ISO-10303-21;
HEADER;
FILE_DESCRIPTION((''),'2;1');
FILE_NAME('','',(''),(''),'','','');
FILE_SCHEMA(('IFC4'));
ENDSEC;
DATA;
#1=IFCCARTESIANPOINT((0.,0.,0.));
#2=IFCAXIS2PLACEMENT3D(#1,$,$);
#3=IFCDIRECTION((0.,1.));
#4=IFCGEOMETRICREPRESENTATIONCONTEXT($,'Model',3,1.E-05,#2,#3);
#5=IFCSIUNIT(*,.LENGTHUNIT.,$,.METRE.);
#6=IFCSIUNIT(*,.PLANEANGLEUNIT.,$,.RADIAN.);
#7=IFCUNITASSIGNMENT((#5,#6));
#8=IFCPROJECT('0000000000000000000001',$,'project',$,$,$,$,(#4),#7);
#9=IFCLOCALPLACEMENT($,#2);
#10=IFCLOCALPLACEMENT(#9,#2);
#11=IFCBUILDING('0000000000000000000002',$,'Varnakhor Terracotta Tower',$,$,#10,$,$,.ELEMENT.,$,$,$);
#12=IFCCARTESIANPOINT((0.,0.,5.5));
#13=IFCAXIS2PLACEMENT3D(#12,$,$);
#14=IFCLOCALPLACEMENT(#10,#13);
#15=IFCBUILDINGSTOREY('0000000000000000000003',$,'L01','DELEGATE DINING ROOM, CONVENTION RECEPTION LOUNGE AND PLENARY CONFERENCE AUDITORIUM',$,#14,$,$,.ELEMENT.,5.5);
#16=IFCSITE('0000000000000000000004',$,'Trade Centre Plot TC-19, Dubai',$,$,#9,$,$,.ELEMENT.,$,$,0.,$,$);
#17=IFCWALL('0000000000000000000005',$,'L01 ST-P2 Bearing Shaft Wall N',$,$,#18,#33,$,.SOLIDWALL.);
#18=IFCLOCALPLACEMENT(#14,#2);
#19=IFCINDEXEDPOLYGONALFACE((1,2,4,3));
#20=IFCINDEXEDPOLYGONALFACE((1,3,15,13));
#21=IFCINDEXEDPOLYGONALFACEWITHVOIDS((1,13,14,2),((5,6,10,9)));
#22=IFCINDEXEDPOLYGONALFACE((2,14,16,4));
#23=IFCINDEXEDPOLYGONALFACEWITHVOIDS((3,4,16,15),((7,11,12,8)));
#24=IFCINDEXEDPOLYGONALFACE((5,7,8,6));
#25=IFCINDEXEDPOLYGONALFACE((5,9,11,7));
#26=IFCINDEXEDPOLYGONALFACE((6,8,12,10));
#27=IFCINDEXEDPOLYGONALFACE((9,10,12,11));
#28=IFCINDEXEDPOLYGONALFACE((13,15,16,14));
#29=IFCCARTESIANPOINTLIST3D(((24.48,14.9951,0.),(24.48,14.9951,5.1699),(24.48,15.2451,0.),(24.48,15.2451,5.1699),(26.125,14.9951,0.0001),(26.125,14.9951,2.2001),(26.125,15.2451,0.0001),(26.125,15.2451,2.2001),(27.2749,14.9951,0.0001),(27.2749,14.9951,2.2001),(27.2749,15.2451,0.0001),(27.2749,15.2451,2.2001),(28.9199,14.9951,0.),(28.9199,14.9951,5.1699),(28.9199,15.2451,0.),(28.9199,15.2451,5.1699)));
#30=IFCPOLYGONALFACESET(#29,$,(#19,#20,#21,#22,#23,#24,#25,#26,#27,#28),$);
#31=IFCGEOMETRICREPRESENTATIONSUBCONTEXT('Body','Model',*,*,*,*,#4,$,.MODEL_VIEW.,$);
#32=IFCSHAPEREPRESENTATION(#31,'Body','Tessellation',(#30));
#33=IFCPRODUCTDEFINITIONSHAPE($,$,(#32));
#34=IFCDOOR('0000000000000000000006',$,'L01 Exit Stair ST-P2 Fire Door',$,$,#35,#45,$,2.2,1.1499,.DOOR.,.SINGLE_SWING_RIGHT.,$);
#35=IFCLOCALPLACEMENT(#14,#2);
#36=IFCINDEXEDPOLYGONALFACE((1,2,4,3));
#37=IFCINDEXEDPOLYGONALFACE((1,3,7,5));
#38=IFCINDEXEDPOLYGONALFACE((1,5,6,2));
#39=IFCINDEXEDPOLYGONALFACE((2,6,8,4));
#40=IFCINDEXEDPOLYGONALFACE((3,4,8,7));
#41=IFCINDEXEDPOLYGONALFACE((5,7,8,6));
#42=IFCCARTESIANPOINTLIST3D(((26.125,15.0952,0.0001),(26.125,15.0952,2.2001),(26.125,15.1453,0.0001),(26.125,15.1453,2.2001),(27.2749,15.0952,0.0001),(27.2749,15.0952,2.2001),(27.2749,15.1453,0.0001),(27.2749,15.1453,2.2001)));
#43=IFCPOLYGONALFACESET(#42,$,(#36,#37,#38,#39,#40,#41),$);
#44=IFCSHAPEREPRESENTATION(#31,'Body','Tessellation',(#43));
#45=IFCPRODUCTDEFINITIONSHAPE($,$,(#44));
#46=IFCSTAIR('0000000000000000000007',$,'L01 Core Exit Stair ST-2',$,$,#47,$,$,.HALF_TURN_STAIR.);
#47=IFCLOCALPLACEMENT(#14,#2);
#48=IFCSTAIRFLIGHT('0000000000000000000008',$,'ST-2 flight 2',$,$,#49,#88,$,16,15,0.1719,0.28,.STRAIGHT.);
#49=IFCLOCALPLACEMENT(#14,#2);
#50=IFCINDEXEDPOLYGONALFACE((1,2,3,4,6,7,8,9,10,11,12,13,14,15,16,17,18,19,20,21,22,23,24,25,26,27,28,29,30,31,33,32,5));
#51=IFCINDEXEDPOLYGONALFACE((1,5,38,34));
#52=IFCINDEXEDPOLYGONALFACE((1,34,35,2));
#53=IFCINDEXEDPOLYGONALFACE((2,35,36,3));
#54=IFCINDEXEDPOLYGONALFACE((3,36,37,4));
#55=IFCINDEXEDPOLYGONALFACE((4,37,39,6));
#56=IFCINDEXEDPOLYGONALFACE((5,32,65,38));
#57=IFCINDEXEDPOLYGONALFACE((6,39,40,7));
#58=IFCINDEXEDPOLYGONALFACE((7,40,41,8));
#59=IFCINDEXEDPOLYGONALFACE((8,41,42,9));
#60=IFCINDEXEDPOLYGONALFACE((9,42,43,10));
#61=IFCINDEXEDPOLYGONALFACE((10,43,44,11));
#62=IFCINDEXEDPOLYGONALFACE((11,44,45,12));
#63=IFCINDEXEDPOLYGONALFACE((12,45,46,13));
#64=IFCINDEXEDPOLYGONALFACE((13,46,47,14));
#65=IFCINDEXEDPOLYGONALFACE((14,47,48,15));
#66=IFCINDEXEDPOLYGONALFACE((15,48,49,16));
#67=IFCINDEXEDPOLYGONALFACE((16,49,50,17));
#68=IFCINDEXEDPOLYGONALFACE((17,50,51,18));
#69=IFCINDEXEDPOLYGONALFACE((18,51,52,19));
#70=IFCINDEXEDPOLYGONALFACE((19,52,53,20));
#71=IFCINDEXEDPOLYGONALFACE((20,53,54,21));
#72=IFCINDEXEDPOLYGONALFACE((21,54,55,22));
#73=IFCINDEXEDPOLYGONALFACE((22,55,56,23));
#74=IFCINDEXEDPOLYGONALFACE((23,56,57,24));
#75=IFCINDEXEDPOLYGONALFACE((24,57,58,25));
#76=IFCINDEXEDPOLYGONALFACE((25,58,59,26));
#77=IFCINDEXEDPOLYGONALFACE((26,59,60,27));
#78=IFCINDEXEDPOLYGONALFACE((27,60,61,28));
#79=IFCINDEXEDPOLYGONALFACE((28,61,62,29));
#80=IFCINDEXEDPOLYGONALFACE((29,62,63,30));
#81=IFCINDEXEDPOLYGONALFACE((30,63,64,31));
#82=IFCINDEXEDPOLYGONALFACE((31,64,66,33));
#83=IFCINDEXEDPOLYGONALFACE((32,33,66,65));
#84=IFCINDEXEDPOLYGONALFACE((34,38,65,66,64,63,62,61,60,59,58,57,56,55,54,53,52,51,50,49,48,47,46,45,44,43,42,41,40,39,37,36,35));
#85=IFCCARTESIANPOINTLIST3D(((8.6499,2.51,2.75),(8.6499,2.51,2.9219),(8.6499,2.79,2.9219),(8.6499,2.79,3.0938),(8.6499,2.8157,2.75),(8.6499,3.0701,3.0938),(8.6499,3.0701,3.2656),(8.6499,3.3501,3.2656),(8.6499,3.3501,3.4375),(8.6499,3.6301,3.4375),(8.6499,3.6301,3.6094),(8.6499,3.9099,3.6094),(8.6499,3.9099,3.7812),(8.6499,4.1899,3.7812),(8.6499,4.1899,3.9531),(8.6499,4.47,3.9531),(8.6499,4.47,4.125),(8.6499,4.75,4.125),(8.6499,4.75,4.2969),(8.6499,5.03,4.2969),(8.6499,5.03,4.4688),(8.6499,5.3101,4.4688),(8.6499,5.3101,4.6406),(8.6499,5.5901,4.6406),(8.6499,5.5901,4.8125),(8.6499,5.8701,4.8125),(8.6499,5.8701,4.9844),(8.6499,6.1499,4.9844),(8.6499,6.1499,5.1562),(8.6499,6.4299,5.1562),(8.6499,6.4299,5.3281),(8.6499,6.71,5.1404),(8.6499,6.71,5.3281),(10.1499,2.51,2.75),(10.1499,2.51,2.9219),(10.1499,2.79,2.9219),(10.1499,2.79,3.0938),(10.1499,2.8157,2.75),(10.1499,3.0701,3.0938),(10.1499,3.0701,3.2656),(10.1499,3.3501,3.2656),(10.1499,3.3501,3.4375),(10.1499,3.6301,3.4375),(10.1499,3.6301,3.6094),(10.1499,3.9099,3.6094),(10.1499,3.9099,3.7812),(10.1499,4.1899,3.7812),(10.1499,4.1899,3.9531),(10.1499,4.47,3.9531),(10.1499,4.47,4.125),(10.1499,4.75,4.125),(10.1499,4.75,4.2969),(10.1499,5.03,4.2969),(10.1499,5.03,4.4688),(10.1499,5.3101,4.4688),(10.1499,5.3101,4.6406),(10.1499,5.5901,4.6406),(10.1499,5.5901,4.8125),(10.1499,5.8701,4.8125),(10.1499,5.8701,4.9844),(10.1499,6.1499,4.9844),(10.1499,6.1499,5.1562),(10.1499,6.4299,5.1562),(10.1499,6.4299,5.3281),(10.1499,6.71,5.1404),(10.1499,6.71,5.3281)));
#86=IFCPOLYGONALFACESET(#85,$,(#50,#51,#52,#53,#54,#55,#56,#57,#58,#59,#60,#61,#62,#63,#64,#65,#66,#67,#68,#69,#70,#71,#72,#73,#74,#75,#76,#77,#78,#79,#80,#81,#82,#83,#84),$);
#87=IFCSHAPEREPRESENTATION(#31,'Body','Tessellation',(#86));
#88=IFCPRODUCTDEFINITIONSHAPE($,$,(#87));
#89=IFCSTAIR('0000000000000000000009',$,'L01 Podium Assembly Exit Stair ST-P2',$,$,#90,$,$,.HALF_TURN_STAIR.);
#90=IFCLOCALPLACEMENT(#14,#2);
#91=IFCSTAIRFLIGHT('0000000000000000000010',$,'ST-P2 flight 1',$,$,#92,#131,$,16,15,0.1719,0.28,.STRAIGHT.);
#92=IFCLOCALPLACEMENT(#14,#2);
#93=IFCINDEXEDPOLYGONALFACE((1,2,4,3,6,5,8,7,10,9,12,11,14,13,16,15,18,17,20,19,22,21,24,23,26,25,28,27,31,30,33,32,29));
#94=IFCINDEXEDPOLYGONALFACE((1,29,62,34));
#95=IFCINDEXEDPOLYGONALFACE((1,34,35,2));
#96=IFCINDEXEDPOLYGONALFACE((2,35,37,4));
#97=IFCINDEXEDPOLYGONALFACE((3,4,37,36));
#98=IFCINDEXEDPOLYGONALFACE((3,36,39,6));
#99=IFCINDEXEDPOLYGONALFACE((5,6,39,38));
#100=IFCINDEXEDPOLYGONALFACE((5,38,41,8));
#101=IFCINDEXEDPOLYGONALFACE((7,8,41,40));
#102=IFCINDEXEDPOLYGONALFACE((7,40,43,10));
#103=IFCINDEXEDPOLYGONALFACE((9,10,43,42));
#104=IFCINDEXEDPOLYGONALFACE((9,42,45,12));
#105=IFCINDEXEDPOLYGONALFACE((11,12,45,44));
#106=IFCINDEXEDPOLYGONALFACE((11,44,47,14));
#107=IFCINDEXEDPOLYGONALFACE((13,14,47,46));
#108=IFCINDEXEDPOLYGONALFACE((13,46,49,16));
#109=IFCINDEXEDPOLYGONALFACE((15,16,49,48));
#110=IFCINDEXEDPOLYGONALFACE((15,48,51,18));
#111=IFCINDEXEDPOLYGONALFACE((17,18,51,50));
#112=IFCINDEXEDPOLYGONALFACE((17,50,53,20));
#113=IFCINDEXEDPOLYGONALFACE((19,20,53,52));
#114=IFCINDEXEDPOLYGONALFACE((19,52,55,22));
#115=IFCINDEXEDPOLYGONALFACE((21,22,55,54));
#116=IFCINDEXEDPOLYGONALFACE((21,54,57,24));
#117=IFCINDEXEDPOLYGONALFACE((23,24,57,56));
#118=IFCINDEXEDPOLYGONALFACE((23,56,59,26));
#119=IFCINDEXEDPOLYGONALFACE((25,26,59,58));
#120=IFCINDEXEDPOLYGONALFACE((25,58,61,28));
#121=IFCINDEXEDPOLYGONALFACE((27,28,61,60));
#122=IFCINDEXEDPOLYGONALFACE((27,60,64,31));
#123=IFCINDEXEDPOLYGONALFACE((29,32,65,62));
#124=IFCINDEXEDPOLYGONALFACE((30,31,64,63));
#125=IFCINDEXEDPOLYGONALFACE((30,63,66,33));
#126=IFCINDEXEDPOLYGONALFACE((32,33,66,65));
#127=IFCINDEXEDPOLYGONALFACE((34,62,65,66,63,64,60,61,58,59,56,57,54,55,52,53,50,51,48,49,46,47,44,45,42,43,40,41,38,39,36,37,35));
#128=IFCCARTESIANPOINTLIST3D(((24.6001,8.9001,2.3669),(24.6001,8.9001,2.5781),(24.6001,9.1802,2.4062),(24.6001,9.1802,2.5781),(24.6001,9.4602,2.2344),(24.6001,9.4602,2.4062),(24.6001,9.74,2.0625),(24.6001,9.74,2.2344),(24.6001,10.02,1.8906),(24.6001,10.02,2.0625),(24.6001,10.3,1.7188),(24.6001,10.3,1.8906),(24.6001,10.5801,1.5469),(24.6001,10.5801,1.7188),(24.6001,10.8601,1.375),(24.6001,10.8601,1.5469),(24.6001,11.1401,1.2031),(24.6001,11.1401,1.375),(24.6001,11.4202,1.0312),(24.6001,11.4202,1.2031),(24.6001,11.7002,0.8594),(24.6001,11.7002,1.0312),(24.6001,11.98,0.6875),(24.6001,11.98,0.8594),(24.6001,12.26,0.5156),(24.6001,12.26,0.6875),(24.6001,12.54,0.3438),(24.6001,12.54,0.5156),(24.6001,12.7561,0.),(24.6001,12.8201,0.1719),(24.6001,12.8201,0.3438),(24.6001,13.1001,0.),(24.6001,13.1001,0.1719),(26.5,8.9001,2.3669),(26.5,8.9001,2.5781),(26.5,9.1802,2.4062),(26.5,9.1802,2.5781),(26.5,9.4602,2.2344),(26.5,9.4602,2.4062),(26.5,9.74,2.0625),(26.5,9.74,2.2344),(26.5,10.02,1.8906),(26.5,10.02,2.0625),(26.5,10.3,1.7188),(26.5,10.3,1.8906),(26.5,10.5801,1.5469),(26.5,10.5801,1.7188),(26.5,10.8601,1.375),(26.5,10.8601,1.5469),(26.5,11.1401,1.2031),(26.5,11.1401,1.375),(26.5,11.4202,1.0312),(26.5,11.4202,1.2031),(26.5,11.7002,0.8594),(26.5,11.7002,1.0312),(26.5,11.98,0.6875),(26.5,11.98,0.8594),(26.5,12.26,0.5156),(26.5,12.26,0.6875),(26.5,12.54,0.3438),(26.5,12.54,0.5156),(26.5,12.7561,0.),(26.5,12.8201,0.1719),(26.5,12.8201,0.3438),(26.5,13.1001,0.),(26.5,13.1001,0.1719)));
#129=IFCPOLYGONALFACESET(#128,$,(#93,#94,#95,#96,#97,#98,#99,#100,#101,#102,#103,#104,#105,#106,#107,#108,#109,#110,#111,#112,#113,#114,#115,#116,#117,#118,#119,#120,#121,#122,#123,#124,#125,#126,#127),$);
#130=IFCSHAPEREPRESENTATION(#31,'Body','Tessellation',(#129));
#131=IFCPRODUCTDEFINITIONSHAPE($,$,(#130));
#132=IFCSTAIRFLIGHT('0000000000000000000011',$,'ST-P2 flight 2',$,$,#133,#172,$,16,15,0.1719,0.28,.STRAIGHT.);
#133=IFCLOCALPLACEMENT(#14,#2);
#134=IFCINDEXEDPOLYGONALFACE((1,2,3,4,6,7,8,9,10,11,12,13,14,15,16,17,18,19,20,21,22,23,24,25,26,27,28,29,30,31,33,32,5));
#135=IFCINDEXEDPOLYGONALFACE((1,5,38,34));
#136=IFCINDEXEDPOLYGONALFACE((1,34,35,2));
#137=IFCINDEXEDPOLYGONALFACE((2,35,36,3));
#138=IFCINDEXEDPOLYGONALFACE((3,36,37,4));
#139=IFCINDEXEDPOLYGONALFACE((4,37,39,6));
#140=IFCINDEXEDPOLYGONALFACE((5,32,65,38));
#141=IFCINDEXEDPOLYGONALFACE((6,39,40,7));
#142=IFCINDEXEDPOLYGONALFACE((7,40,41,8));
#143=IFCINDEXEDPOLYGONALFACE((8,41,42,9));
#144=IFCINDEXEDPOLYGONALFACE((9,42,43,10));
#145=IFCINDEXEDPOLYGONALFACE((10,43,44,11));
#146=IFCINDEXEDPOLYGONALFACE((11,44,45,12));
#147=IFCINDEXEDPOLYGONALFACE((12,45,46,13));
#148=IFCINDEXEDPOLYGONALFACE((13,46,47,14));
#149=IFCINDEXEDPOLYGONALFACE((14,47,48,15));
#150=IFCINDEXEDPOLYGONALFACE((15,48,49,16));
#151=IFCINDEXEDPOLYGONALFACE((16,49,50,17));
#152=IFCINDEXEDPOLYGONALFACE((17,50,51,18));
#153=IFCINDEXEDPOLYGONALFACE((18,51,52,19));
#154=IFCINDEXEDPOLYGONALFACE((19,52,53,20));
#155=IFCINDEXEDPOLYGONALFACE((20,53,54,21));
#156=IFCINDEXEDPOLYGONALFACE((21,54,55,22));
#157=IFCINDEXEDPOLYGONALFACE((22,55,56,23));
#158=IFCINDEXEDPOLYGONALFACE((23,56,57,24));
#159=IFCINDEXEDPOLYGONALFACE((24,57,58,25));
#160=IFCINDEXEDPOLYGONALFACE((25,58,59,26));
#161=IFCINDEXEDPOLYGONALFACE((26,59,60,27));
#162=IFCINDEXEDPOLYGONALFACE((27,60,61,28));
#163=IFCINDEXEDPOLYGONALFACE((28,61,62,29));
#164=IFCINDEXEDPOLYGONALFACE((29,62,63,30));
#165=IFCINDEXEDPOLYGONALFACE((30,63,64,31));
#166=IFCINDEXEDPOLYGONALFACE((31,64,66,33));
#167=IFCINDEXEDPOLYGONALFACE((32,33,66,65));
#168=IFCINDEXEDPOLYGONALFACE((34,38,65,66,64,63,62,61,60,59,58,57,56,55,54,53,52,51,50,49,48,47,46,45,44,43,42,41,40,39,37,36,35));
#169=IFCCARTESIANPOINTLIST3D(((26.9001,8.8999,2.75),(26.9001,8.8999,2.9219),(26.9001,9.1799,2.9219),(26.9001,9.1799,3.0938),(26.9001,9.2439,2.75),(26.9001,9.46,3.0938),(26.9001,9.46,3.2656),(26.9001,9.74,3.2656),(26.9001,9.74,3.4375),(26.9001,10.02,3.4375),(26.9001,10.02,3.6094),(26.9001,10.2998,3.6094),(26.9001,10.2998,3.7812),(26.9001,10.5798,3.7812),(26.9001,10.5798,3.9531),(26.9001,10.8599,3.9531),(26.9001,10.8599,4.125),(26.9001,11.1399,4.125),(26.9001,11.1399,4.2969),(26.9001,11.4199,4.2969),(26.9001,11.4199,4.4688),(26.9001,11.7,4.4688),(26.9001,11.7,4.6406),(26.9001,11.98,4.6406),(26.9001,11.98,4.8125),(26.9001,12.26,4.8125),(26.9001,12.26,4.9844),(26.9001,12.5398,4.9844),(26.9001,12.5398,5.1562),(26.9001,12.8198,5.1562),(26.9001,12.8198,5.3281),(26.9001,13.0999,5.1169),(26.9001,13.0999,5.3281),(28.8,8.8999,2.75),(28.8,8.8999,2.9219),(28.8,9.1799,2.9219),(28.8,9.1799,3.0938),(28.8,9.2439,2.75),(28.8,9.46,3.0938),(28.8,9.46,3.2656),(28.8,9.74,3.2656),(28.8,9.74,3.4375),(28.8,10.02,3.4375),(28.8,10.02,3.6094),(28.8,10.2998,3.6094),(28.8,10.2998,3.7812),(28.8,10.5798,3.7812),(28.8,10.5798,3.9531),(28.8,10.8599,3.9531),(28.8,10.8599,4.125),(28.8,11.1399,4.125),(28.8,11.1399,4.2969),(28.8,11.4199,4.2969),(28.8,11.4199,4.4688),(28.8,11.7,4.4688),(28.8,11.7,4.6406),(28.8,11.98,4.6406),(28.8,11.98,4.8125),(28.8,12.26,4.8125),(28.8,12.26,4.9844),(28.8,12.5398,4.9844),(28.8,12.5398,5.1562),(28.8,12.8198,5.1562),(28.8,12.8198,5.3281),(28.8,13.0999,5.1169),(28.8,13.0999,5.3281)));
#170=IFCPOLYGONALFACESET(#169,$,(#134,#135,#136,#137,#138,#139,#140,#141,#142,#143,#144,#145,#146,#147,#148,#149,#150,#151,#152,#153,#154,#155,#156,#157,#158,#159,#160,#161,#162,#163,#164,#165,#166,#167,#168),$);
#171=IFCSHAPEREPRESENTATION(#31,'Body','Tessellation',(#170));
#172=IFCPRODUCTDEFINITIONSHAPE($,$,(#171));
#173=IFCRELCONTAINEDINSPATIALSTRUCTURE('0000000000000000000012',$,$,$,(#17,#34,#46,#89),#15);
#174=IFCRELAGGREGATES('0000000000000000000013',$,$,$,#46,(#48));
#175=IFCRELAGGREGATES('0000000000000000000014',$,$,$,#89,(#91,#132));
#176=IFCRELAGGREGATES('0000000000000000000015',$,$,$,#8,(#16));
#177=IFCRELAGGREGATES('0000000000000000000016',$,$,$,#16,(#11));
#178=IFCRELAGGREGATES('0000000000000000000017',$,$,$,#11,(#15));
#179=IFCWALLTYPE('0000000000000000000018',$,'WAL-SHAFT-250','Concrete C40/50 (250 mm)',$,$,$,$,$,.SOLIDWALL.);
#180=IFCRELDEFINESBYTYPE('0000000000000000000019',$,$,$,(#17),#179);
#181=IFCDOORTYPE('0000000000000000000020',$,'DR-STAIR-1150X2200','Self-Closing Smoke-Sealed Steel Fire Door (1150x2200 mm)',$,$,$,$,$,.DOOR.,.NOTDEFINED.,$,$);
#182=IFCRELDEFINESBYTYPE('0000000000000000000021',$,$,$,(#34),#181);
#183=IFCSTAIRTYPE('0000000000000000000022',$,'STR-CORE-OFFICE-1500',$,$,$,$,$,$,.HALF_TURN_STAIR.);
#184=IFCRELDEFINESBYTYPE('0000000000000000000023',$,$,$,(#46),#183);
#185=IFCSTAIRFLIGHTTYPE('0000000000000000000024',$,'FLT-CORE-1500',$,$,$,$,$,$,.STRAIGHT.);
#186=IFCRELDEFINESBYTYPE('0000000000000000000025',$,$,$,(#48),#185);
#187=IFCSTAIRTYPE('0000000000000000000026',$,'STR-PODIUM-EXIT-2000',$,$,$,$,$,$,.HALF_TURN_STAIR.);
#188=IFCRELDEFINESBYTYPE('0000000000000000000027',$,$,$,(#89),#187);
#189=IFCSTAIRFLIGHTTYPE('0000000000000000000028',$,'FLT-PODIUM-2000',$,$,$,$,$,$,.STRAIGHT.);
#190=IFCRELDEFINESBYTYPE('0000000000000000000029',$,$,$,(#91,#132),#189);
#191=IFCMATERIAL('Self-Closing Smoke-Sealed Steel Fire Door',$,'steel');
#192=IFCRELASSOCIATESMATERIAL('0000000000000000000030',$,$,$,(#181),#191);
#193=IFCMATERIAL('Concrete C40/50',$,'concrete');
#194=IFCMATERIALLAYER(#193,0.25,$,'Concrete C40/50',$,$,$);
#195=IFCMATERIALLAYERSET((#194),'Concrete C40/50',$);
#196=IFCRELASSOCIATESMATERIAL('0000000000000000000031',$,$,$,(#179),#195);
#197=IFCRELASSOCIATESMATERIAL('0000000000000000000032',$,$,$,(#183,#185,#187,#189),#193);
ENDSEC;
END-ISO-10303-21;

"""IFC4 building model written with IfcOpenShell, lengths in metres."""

from ifc_helpers import new_model, si_unit, direction, frame, frame_2d, origin, place, context, subcontext, project, spatial, polyline, rectangle, outline, extrude, source, transform, mapped, material, layer, layer_set, type_object, type_shapes, element, fill, aggregate, save


model = new_model("IFC4")

# Units and contexts
model_context = context("Model", 3, precision=1e-05, world=origin(), true_north=direction((0.0, 1.0)))
body_context = subcontext(model_context, "Body", "Model", "MODEL_VIEW")
ifc_project = project(units=[si_unit("LENGTHUNIT", "METRE"), si_unit("PLANEANGLEUNIT", "RADIAN")], contexts=[model_context])

# Site, building, storey
site_placement = place(None, origin())
site = spatial("IfcSite", under=ifc_project, at=site_placement, Name="Trade Centre Plot TC-19, Dubai", CompositionType="ELEMENT", RefElevation=0.0)
building_placement = place(site_placement, origin())
building = spatial("IfcBuilding", under=site, at=building_placement, Name="Varnakhor Terracotta Tower", CompositionType="ELEMENT")
storey_placement = place(building_placement, frame((0.0, 0.0, 5.5)))
storey = spatial("IfcBuildingStorey", under=building, at=storey_placement, Name="L01", Description="DELEGATE DINING ROOM, CONVENTION RECEPTION LOUNGE AND PLENARY CONFERENCE AUDITORIUM", CompositionType="ELEMENT", Elevation=5.5)

# Shared definitions
ifc_material_1 = material(Name="Concrete C40/50", Category="concrete")
ifc_material_2 = material(Name="Self-Closing Smoke-Sealed Steel Fire Door", Category="steel")
door_type_1 = type_object("IfcDoorType", Name="DR-STAIR-1150X2200", Description="Self-Closing Smoke-Sealed Steel Fire Door (1150x2200 mm)", OperationType="NOTDEFINED", PredefinedType="DOOR", material=ifc_material_2)
shared_shape_1 = source(origin(), body_context, "Body", "SweptSolid", [
    extrude(rectangle(XDim=1.1499, YDim=2.2, at=frame_2d((0.575, 1.1001))), frame((0.0, 0.0249, 0.0), z_axis=(0.0, -1.0, 0.0), x_axis=(1.0, 0.0, 0.0)), (0.0, 0.0, 1.0), 0.05),
])
type_shapes(door_type_1, [shared_shape_1])
ifc_layer_1 = layer(ifc_material_1, 0.25, Name="Concrete C40/50")
ifc_layer_set_1 = layer_set([ifc_layer_1], Name="Concrete C40/50")
wall_type_1 = type_object("IfcWallType", Name="WAL-SHAFT-250", Description="Concrete C40/50 (250 mm)", PredefinedType="SOLIDWALL", material=ifc_layer_set_1)

# Wall, opening, door
wall_1_placement = place(storey_placement, frame((28.9199, 15.1201, 0.0), z_axis=(0.0, 0.0, 1.0), x_axis=(-1.0, 0.0, 0.0)))
wall_1 = element("IfcWall", 1, at=wall_1_placement, inside=storey, type_object=wall_type_1, Name="L01 ST-P2 Bearing Shaft Wall N", PredefinedType="SOLIDWALL", context=body_context, shape_type="SweptSolid", body=[
    extrude(rectangle(XDim=4.4399, YDim=0.25, at=frame_2d((2.22, 0.0))), origin(), (0.0, 0.0, 1.0), 5.1699),
])
opening_1_placement = place(wall_1_placement, frame((1.645, 0.0, 0.0)))
opening_1 = element("IfcOpeningElement", 2, at=opening_1_placement, cuts=wall_1, PredefinedType="OPENING", context=body_context, shape_type="SweptSolid", body=[
    extrude(rectangle(XDim=1.1499, YDim=2.2, at=frame_2d((0.575, 1.1001))), frame((0.0, 0.135, 0.0), z_axis=(0.0, -1.0, 0.0), x_axis=(1.0, 0.0, 0.0)), (0.0, 0.0, 1.0), 0.27),
])
door_1_placement = place(opening_1_placement, origin())
door_1 = element("IfcDoor", 3, at=door_1_placement, inside=storey, type_object=door_type_1, Name="L01 Exit Stair ST-P2 Fire Door", OperationType="SINGLE_SWING_RIGHT", OverallHeight=2.2, OverallWidth=1.1499, PredefinedType="DOOR", context=body_context, shape_type="MappedRepresentation", body=[
    mapped(shared_shape_1, transform((0.0, 0.0, 0.0), scale=1.0)),
])
fill(opening_1, door_1)

# Stair, stair flight
stair_type_1 = type_object("IfcStairType", Name="STR-CORE-OFFICE-1500", PredefinedType="HALF_TURN_STAIR", material=ifc_material_1)
stair_1_placement = place(storey_placement, origin())
stair_1 = element("IfcStair", 4, at=stair_1_placement, inside=storey, type_object=stair_type_1, Name="L01 Core Exit Stair ST-2", PredefinedType="HALF_TURN_STAIR")
stair_flight_type_1 = type_object("IfcStairFlightType", Name="FLT-CORE-1500", PredefinedType="STRAIGHT", material=ifc_material_1)
stair_flight_1_placement = place(storey_placement, frame((9.3999, 2.51, 2.75), z_axis=(0.0, 0.0, 1.0), x_axis=(0.0, 1.0, 0.0)))
stair_flight_1 = element("IfcStairFlight", 5, at=stair_flight_1_placement, type_object=stair_flight_type_1, Name="ST-2 flight 2", NumberOfRisers=16, NumberOfTreads=15, PredefinedType="STRAIGHT", RiserHeight=0.1719, TreadLength=0.28, context=body_context, shape_type="SweptSolid", body=[
    extrude(outline(polyline([(0.0, 0.0), (0.0, 0.1719), (0.28, 0.1719), (0.28, 0.3438), (0.5601, 0.3438), (0.5601, 0.5156), (0.8401, 0.5156), (0.8401, 0.6875), (1.1201, 0.6875), (1.1201, 0.8594), (1.3999, 0.8594), (1.3999, 1.0312), (1.6799, 1.0312), (1.6799, 1.2031), (1.96, 1.2031), (1.96, 1.375), (2.24, 1.375), (2.24, 1.5469), (2.52, 1.5469), (2.52, 1.7188), (2.8, 1.7188), (2.8, 1.8906), (3.0801, 1.8906), (3.0801, 2.0625), (3.3601, 2.0625), (3.3601, 2.2344), (3.6399, 2.2344), (3.6399, 2.4062), (3.9199, 2.4062), (3.9199, 2.5781), (4.2, 2.5781), (4.2, 2.75), (4.2, 2.3904), (0.3057, 0.0), (0.0, 0.0)])), frame((0.0, 0.75, 0.0), z_axis=(0.0, -1.0, 0.0), x_axis=(1.0, 0.0, 0.0)), (0.0, 0.0, 1.0), 1.5),
])
aggregate(stair_1, [stair_flight_1])

# Stair, stair flights
stair_type_2 = type_object("IfcStairType", Name="STR-PODIUM-EXIT-2000", PredefinedType="HALF_TURN_STAIR", material=ifc_material_1)
stair_2_placement = place(storey_placement, origin())
stair_2 = element("IfcStair", 6, at=stair_2_placement, inside=storey, type_object=stair_type_2, Name="L01 Podium Assembly Exit Stair ST-P2", PredefinedType="HALF_TURN_STAIR")
stair_flight_type_2 = type_object("IfcStairFlightType", Name="FLT-PODIUM-2000", PredefinedType="STRAIGHT", material=ifc_material_1)
stair_flight_2_placement = place(storey_placement, frame((25.55, 13.1001, 0.0), z_axis=(0.0, 0.0, 1.0), x_axis=(0.0, -1.0, 0.0)))
stair_flight_2 = element("IfcStairFlight", 7, at=stair_flight_2_placement, type_object=stair_flight_type_2, Name="ST-P2 flight 1", NumberOfRisers=16, NumberOfTreads=15, PredefinedType="STRAIGHT", RiserHeight=0.1719, TreadLength=0.28, context=body_context, shape_type="SweptSolid", body=[
    extrude(outline(polyline([(0.0, 0.0), (0.0, 0.1719), (0.28, 0.1719), (0.28, 0.3438), (0.5601, 0.3438), (0.5601, 0.5156), (0.8401, 0.5156), (0.8401, 0.6875), (1.1201, 0.6875), (1.1201, 0.8594), (1.3999, 0.8594), (1.3999, 1.0312), (1.6799, 1.0312), (1.6799, 1.2031), (1.96, 1.2031), (1.96, 1.375), (2.24, 1.375), (2.24, 1.5469), (2.52, 1.5469), (2.52, 1.7188), (2.8, 1.7188), (2.8, 1.8906), (3.0801, 1.8906), (3.0801, 2.0625), (3.3601, 2.0625), (3.3601, 2.2344), (3.6399, 2.2344), (3.6399, 2.4062), (3.9199, 2.4062), (3.9199, 2.5781), (4.2, 2.5781), (4.2, 2.75), (4.2, 2.3669), (0.344, 0.0), (0.0, 0.0)])), frame((0.0, 0.95, 0.0), z_axis=(0.0, -1.0, 0.0), x_axis=(1.0, 0.0, 0.0)), (0.0, 0.0, 1.0), 1.8999),
])
stair_flight_3_placement = place(storey_placement, frame((27.8501, 8.8999, 2.75), z_axis=(0.0, 0.0, 1.0), x_axis=(0.0, 1.0, 0.0)))
stair_flight_3 = element("IfcStairFlight", 8, at=stair_flight_3_placement, type_object=stair_flight_type_2, Name="ST-P2 flight 2", NumberOfRisers=16, NumberOfTreads=15, PredefinedType="STRAIGHT", RiserHeight=0.1719, TreadLength=0.28, context=body_context, shape_type="SweptSolid", body=[
    extrude(outline(polyline([(0.0, 0.0), (0.0, 0.1719), (0.28, 0.1719), (0.28, 0.3438), (0.5601, 0.3438), (0.5601, 0.5156), (0.8401, 0.5156), (0.8401, 0.6875), (1.1201, 0.6875), (1.1201, 0.8594), (1.3999, 0.8594), (1.3999, 1.0312), (1.6799, 1.0312), (1.6799, 1.2031), (1.96, 1.2031), (1.96, 1.375), (2.24, 1.375), (2.24, 1.5469), (2.52, 1.5469), (2.52, 1.7188), (2.8, 1.7188), (2.8, 1.8906), (3.0801, 1.8906), (3.0801, 2.0625), (3.3601, 2.0625), (3.3601, 2.2344), (3.6399, 2.2344), (3.6399, 2.4062), (3.9199, 2.4062), (3.9199, 2.5781), (4.2, 2.5781), (4.2, 2.75), (4.2, 2.3669), (0.344, 0.0), (0.0, 0.0)])), frame((0.0, 0.95, 0.0), z_axis=(0.0, -1.0, 0.0), x_axis=(1.0, 0.0, 0.0)), (0.0, 0.0, 1.0), 1.8999),
])
aggregate(stair_2, [stair_flight_2, stair_flight_3])

save(model, "model.ifc")
